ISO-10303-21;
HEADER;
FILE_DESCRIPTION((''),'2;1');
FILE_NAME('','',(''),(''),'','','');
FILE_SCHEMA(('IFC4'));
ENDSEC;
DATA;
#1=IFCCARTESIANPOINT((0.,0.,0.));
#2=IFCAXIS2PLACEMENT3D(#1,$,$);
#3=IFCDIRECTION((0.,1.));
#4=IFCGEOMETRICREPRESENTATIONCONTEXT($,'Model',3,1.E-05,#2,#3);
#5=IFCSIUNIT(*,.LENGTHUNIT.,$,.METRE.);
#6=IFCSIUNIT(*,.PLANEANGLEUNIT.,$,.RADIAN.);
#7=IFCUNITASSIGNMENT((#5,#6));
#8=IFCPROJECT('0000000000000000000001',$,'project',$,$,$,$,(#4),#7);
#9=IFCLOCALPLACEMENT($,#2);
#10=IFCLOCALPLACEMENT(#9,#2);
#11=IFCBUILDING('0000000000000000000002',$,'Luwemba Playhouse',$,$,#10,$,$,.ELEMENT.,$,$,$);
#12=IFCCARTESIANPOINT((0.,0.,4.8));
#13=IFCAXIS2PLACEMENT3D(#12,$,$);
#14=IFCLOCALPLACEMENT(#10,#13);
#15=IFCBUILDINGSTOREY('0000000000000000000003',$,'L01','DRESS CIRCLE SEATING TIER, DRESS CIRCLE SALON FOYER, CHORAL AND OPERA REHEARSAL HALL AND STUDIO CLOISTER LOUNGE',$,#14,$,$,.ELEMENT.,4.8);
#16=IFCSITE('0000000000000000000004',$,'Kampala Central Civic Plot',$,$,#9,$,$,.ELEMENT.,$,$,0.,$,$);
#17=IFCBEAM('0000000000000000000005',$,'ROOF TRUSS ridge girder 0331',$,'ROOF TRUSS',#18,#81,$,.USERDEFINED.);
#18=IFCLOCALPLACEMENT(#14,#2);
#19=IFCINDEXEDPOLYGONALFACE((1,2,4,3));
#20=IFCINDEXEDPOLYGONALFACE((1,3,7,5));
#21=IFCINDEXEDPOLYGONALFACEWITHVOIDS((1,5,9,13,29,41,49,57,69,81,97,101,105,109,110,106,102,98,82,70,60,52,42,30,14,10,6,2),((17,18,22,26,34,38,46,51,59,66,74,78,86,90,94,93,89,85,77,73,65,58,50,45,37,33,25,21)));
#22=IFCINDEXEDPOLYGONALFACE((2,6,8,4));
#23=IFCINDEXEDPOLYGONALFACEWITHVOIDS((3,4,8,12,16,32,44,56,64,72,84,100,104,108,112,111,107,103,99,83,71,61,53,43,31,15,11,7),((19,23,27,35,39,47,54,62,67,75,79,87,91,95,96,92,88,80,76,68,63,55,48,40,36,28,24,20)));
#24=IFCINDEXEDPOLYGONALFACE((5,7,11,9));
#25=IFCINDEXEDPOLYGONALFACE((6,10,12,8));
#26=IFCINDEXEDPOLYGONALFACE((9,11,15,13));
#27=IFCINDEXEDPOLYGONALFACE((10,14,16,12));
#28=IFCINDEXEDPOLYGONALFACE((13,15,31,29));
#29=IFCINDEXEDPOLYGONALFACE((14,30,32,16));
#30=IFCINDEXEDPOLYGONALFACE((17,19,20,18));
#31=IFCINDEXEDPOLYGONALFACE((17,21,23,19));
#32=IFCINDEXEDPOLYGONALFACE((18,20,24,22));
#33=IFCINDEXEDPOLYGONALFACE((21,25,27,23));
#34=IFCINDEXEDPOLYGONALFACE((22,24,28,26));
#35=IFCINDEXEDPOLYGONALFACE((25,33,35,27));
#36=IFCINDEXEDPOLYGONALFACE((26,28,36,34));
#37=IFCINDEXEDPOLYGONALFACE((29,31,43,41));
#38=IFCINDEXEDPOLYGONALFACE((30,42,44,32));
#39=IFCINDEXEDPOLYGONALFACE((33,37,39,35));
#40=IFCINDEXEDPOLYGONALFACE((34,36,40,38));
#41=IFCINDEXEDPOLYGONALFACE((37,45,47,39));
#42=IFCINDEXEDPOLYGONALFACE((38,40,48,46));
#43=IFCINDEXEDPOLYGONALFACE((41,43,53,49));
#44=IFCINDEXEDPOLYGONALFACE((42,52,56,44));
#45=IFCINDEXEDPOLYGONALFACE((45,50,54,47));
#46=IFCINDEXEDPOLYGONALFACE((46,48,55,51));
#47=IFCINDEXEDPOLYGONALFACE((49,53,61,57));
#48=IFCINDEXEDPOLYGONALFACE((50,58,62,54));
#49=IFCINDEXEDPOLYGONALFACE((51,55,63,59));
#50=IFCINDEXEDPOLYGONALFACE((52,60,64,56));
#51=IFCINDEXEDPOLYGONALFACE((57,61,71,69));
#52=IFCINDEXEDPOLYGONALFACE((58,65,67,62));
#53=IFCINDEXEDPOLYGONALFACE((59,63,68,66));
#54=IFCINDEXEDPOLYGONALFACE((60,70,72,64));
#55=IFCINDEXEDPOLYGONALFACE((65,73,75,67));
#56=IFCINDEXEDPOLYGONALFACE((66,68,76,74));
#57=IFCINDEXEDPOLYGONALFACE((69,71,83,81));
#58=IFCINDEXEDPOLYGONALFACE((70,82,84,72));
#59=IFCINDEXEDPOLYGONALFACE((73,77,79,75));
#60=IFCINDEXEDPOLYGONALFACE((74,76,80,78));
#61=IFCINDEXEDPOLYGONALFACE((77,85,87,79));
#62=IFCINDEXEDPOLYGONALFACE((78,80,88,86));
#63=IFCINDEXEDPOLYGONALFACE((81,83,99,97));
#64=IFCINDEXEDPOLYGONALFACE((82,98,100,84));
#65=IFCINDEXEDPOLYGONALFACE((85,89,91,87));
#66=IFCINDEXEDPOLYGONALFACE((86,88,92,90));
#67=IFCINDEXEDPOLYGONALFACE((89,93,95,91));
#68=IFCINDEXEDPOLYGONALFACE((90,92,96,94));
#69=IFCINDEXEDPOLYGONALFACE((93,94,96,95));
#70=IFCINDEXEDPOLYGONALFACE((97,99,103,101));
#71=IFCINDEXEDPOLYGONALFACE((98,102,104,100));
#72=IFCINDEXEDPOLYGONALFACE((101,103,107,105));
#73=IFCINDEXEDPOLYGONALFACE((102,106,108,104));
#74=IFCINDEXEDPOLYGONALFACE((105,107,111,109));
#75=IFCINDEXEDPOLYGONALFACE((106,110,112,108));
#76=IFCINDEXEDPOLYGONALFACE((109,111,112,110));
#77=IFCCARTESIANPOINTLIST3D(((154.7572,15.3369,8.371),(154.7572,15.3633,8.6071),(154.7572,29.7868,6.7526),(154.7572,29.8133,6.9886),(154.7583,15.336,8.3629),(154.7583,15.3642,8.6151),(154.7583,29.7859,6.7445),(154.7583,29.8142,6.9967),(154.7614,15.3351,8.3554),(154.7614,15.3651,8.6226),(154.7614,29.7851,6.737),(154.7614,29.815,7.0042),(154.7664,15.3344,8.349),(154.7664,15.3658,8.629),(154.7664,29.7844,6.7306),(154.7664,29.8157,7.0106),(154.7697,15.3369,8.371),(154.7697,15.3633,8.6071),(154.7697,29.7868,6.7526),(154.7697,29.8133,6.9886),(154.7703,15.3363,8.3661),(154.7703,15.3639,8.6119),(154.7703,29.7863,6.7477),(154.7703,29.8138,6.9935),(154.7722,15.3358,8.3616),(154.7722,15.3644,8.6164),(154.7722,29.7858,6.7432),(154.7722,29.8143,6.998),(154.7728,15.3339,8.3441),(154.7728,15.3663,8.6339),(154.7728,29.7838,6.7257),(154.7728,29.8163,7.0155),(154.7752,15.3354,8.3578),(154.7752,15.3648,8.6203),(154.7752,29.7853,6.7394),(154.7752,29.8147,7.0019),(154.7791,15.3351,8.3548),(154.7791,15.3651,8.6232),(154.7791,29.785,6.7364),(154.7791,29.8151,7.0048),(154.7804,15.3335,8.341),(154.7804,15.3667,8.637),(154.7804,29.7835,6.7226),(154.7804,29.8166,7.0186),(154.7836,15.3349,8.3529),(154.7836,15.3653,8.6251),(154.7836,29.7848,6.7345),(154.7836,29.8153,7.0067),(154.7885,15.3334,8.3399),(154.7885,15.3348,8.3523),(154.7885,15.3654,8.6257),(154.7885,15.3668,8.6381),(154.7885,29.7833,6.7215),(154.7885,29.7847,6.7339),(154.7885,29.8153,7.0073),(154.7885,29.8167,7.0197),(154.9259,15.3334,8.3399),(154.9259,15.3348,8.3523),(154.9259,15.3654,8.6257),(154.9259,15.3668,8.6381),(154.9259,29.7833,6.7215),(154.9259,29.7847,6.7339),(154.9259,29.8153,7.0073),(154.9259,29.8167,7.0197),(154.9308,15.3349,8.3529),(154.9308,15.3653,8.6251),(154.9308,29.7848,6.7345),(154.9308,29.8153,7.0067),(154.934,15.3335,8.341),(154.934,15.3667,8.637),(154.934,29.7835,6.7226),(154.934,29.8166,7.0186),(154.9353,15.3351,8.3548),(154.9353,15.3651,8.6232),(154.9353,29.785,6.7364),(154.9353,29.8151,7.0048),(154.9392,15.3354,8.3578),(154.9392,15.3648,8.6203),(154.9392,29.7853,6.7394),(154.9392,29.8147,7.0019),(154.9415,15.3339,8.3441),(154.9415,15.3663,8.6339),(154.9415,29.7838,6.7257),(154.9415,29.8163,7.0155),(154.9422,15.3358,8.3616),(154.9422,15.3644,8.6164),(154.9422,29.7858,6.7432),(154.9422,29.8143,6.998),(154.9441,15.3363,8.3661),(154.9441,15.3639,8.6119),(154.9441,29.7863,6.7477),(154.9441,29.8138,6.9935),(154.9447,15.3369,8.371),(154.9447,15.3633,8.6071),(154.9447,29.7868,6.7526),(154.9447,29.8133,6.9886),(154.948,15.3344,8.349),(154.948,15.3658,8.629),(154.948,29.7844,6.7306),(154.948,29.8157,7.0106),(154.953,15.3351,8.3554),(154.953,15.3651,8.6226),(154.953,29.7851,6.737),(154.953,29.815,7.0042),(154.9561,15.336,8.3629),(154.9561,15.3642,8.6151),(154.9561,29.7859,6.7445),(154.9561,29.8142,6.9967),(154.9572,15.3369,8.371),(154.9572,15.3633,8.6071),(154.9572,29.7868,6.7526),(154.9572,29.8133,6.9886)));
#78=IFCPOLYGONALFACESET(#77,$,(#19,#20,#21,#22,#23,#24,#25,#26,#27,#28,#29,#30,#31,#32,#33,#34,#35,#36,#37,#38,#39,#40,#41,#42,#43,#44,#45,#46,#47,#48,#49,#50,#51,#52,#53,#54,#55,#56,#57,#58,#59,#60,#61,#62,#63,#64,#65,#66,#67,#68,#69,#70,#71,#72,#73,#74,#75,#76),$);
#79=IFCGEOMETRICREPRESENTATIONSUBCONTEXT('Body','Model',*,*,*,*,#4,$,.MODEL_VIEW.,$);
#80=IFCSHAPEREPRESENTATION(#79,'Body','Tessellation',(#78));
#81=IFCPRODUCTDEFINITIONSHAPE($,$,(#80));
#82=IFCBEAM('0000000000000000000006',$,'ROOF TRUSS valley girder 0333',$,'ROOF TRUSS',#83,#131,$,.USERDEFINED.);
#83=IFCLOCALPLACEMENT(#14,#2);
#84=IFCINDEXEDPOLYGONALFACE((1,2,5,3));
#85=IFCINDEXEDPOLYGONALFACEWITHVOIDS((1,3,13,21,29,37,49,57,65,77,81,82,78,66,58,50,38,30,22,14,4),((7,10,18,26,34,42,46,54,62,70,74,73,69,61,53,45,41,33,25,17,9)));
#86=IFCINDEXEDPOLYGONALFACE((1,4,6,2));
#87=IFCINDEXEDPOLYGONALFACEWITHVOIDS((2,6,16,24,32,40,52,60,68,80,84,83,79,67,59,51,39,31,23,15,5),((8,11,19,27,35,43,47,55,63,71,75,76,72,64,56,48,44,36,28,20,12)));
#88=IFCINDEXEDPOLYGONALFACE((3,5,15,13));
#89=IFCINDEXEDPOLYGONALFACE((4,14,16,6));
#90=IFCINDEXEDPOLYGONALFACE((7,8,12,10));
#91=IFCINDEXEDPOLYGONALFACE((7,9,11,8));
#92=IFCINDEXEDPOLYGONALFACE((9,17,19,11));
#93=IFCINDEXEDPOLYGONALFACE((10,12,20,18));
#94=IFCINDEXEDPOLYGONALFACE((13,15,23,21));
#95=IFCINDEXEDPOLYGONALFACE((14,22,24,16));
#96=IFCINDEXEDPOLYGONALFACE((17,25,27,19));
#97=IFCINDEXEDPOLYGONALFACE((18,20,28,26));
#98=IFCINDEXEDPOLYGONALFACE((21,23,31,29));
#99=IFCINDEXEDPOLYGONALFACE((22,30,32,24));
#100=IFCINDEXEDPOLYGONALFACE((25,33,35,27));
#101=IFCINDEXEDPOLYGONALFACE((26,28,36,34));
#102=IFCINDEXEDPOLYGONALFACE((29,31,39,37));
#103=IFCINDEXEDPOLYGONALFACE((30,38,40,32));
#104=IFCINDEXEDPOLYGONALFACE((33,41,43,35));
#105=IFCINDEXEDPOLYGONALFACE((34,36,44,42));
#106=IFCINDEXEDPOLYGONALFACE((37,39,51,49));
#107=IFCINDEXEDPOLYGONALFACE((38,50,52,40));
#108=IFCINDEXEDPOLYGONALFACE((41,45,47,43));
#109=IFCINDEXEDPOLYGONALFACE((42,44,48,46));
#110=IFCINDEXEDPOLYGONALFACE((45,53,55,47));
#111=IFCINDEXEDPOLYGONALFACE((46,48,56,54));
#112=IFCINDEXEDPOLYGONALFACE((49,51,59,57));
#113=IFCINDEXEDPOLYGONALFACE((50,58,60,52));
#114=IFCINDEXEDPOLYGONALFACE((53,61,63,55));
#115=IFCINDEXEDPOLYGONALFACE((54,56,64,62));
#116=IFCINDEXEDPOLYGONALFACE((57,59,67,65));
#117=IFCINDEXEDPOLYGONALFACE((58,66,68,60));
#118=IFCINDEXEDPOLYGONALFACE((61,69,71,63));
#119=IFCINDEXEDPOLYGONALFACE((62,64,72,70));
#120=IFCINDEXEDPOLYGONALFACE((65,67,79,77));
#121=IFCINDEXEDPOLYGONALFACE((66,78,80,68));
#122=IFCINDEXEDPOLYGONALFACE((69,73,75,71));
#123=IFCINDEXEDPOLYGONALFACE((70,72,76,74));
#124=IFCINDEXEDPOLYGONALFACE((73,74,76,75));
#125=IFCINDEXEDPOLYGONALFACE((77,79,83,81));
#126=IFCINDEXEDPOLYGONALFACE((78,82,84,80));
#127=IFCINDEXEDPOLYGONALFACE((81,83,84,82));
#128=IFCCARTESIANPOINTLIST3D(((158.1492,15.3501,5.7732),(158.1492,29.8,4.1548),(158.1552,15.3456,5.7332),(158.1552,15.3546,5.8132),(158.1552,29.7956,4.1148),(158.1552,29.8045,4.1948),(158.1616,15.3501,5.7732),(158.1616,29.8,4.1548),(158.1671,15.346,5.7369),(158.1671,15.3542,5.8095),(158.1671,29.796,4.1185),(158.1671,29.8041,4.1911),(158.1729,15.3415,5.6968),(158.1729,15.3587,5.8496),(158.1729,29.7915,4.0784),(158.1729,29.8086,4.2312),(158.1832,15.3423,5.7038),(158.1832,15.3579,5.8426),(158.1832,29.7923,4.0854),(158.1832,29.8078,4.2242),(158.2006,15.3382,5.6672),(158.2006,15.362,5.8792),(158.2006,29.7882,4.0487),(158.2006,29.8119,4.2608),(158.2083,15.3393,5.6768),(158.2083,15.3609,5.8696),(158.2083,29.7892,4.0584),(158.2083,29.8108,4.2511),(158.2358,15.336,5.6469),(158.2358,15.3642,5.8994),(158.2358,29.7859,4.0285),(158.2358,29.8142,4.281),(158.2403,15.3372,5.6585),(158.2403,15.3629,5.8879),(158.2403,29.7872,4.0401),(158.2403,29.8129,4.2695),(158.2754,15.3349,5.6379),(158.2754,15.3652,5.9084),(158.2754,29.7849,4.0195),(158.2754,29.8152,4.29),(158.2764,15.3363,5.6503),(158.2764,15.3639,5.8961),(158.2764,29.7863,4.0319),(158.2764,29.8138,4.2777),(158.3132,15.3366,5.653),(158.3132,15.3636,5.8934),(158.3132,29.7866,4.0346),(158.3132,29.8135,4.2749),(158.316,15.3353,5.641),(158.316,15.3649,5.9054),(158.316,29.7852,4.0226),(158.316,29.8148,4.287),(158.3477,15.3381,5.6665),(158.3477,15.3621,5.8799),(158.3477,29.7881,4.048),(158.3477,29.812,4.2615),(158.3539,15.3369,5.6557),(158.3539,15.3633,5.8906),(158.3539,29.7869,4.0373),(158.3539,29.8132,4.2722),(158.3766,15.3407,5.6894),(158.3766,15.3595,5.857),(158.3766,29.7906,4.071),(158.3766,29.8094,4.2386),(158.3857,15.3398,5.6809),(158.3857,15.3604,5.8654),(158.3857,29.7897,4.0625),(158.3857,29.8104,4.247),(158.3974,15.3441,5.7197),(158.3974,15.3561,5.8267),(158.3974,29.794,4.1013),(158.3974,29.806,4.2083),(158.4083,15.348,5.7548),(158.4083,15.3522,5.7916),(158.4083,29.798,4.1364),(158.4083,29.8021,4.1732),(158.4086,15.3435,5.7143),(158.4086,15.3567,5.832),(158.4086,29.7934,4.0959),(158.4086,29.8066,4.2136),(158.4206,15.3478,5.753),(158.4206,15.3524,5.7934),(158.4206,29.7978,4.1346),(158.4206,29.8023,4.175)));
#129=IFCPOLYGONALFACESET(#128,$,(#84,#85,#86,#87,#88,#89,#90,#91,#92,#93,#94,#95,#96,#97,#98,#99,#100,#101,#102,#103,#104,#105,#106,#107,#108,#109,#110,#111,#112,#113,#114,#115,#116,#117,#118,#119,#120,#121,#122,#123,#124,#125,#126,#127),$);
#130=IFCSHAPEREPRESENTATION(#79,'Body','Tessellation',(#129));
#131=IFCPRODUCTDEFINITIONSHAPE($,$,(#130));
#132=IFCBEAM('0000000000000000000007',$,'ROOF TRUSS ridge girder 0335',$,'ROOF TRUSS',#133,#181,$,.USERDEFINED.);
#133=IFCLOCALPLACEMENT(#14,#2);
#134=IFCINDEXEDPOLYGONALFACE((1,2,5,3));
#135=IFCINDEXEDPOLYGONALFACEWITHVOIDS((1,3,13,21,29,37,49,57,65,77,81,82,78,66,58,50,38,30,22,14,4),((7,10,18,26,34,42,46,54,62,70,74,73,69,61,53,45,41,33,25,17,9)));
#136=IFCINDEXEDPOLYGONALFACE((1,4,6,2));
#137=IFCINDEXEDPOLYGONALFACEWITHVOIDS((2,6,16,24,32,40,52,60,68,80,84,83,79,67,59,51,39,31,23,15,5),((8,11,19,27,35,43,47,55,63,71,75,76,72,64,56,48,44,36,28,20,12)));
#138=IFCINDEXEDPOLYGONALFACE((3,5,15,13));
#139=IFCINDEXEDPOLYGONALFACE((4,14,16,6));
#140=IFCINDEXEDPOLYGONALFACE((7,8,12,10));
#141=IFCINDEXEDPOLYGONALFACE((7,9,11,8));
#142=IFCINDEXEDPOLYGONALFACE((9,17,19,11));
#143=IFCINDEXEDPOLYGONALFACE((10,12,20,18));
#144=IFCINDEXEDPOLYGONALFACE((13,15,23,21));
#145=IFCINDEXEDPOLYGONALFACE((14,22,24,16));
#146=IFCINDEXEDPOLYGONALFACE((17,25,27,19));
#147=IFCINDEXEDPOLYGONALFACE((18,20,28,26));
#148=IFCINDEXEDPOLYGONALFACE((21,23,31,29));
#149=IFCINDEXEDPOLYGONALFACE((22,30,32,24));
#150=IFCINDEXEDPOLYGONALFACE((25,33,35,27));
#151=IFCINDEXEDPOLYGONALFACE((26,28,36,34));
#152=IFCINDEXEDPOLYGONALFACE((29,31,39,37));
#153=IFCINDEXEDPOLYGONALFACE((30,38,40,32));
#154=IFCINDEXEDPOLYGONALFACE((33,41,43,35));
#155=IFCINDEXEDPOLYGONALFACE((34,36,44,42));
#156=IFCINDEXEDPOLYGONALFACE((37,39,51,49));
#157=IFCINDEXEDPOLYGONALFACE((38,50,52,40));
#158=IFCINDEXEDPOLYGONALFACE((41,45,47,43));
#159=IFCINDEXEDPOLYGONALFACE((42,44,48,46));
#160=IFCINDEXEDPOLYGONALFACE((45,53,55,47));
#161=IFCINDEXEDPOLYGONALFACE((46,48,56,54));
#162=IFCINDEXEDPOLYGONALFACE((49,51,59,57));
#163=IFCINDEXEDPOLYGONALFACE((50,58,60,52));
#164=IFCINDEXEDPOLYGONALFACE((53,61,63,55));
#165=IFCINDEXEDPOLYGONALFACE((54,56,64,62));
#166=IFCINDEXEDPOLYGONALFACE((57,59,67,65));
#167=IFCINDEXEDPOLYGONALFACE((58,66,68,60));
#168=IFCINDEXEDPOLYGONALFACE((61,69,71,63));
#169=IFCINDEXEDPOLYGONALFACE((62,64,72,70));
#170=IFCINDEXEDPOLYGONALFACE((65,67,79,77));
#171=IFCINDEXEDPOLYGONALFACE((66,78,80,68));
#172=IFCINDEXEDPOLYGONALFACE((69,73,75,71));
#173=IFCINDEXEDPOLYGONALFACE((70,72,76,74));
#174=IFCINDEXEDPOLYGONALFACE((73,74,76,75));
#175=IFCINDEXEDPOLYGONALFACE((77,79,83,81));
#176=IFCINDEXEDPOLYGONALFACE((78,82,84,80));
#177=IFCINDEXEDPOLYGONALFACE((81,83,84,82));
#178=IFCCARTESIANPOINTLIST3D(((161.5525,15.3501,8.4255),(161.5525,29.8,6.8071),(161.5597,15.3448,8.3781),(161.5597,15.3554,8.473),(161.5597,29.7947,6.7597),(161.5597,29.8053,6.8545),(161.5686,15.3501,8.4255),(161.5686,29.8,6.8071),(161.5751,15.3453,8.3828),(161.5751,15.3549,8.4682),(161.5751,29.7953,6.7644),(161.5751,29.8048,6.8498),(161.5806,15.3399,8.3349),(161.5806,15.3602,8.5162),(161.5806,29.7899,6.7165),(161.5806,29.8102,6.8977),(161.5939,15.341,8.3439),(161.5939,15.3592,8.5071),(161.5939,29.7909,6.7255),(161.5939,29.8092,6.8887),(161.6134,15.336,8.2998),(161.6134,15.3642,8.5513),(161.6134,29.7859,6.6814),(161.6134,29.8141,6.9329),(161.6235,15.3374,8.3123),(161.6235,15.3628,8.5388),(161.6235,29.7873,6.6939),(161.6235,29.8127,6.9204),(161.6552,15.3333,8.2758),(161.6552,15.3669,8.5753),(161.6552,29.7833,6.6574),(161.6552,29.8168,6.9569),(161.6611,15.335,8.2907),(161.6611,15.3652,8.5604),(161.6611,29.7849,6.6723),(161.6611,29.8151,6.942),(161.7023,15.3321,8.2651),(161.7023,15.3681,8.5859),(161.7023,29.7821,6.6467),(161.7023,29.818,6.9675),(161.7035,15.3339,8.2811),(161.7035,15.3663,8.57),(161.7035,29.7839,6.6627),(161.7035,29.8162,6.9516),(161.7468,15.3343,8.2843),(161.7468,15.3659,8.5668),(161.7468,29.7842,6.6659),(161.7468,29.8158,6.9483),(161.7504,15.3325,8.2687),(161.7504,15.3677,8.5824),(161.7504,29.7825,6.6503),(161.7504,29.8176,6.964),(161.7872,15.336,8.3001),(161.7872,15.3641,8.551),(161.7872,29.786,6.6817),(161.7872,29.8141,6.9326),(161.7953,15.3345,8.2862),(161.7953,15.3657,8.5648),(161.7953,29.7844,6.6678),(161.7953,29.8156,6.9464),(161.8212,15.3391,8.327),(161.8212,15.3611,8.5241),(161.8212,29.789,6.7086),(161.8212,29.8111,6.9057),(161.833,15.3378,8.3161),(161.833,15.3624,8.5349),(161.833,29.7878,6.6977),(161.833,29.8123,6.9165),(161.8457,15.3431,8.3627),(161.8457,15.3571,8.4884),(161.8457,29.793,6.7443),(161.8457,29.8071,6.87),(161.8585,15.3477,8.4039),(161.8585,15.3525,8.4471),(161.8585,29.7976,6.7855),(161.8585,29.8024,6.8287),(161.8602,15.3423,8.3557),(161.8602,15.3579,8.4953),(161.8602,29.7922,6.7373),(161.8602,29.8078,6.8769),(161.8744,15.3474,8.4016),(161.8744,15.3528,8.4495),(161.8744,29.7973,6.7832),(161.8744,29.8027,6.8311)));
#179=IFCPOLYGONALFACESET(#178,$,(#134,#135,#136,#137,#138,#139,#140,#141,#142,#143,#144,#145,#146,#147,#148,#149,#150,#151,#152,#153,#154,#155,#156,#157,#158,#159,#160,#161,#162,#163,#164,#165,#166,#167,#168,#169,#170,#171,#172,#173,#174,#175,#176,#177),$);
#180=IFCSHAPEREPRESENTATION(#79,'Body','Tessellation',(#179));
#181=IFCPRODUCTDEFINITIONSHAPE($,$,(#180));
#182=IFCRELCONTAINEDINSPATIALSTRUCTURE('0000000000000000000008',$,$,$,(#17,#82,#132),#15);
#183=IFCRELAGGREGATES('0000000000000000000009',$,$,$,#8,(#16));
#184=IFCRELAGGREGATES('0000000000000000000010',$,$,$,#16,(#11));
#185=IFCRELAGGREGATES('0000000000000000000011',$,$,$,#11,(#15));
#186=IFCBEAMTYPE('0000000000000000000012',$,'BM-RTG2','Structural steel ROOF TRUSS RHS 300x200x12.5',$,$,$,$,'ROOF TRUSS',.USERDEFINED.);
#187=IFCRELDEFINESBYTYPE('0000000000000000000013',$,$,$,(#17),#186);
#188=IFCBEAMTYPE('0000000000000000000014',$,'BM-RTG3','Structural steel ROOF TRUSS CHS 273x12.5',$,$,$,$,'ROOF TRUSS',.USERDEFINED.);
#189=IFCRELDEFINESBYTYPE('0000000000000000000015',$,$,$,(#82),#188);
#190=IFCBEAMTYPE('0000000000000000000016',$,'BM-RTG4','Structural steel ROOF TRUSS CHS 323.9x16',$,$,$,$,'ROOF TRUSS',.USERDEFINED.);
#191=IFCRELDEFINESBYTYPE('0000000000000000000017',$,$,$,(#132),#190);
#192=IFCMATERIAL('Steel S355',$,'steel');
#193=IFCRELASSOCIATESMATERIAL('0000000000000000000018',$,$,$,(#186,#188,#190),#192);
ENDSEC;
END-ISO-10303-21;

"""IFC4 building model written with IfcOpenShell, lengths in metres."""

from ifc_helpers import new_model, si_unit, direction, frame, origin, origin_2d, place, context, subcontext, project, spatial, hollow_rectangle, hollow_circle, extrude, material, material_profile, profile_set, type_object, element, save


model = new_model("IFC4")

# Units and contexts
model_context = context("Model", 3, precision=1e-05, world=origin(), true_north=direction((0.0, 1.0)))
body_context = subcontext(model_context, "Body", "Model", "MODEL_VIEW")
ifc_project = project(units=[si_unit("LENGTHUNIT", "METRE"), si_unit("PLANEANGLEUNIT", "RADIAN")], contexts=[model_context])

# Site, building, storey
site_placement = place(None, origin())
site = spatial("IfcSite", under=ifc_project, at=site_placement, Name="Kampala Central Civic Plot", CompositionType="ELEMENT", RefElevation=0.0)
building_placement = place(site_placement, origin())
building = spatial("IfcBuilding", under=site, at=building_placement, Name="Luwemba Playhouse", CompositionType="ELEMENT")
storey_placement = place(building_placement, frame((0.0, 0.0, 4.8)))
storey = spatial("IfcBuildingStorey", under=building, at=storey_placement, Name="L01", Description="DRESS CIRCLE SEATING TIER, DRESS CIRCLE SALON FOYER, CHORAL AND OPERA REHEARSAL HALL AND STUDIO CLOISTER LOUNGE", CompositionType="ELEMENT", Elevation=4.8)

# Beams
ifc_material_1 = material(Name="Steel S355", Category="steel")
ifc_material_profile_1 = material_profile(ifc_material_1, hollow_rectangle(XDim=0.2, YDim=0.3, WallThickness=0.0125, InnerFilletRadius=0.0188, OuterFilletRadius=0.0312, at=origin_2d()))
ifc_profile_set_1 = profile_set([ifc_material_profile_1], Name="Steel S355")
beam_type_1 = type_object("IfcBeamType", Name="BM-RTG2", Description="Structural steel ROOF TRUSS RHS 300x200x12.5", ElementType="ROOF TRUSS", PredefinedType="USERDEFINED", material=ifc_profile_set_1)
beam_1_placement = place(storey_placement, frame((154.8572, 15.3501, 8.489), z_axis=(0.0, 0.993786, -0.111305), x_axis=(-1.0, 0.0, 0.0)))
element("IfcBeam", 1, at=beam_1_placement, inside=storey, type_object=beam_type_1, Name="ROOF TRUSS ridge girder 0331", ObjectType="ROOF TRUSS", PredefinedType="USERDEFINED", context=body_context, shape_type="SweptSolid", body=[
    extrude(hollow_rectangle(XDim=0.2, YDim=0.3, WallThickness=0.0125, InnerFilletRadius=0.0188, OuterFilletRadius=0.0312, at=origin_2d()), origin(), (0.0, 0.0, 1.0), 14.5403),
])
ifc_material_profile_2 = material_profile(ifc_material_1, hollow_circle(Radius=0.1365, WallThickness=0.0125, at=origin_2d()))
ifc_profile_set_2 = profile_set([ifc_material_profile_2], Name="Steel S355")
beam_type_2 = type_object("IfcBeamType", Name="BM-RTG3", Description="Structural steel ROOF TRUSS CHS 273x12.5", ElementType="ROOF TRUSS", PredefinedType="USERDEFINED", material=ifc_profile_set_2)
beam_2_placement = place(storey_placement, frame((158.2856, 15.3501, 5.7732), z_axis=(0.0, 0.993786, -0.111305), x_axis=(-1.0, 0.0, 0.0)))
element("IfcBeam", 2, at=beam_2_placement, inside=storey, type_object=beam_type_2, Name="ROOF TRUSS valley girder 0333", ObjectType="ROOF TRUSS", PredefinedType="USERDEFINED", context=body_context, shape_type="SweptSolid", body=[
    extrude(hollow_circle(Radius=0.1365, WallThickness=0.0125, at=origin_2d()), origin(), (0.0, 0.0, 1.0), 14.5403),
])
ifc_material_profile_3 = material_profile(ifc_material_1, hollow_circle(Radius=0.1619, WallThickness=0.0161, at=origin_2d()))
ifc_profile_set_3 = profile_set([ifc_material_profile_3], Name="Steel S355")
beam_type_3 = type_object("IfcBeamType", Name="BM-RTG4", Description="Structural steel ROOF TRUSS CHS 323.9x16", ElementType="ROOF TRUSS", PredefinedType="USERDEFINED", material=ifc_profile_set_3)
beam_3_placement = place(storey_placement, frame((161.7144, 15.3501, 8.4255), z_axis=(0.0, 0.993786, -0.111305), x_axis=(-1.0, 0.0, 0.0)))
element("IfcBeam", 3, at=beam_3_placement, inside=storey, type_object=beam_type_3, Name="ROOF TRUSS ridge girder 0335", ObjectType="ROOF TRUSS", PredefinedType="USERDEFINED", context=body_context, shape_type="SweptSolid", body=[
    extrude(hollow_circle(Radius=0.1619, WallThickness=0.0161, at=origin_2d()), origin(), (0.0, 0.0, 1.0), 14.5403),
])

save(model, "model.ifc")
